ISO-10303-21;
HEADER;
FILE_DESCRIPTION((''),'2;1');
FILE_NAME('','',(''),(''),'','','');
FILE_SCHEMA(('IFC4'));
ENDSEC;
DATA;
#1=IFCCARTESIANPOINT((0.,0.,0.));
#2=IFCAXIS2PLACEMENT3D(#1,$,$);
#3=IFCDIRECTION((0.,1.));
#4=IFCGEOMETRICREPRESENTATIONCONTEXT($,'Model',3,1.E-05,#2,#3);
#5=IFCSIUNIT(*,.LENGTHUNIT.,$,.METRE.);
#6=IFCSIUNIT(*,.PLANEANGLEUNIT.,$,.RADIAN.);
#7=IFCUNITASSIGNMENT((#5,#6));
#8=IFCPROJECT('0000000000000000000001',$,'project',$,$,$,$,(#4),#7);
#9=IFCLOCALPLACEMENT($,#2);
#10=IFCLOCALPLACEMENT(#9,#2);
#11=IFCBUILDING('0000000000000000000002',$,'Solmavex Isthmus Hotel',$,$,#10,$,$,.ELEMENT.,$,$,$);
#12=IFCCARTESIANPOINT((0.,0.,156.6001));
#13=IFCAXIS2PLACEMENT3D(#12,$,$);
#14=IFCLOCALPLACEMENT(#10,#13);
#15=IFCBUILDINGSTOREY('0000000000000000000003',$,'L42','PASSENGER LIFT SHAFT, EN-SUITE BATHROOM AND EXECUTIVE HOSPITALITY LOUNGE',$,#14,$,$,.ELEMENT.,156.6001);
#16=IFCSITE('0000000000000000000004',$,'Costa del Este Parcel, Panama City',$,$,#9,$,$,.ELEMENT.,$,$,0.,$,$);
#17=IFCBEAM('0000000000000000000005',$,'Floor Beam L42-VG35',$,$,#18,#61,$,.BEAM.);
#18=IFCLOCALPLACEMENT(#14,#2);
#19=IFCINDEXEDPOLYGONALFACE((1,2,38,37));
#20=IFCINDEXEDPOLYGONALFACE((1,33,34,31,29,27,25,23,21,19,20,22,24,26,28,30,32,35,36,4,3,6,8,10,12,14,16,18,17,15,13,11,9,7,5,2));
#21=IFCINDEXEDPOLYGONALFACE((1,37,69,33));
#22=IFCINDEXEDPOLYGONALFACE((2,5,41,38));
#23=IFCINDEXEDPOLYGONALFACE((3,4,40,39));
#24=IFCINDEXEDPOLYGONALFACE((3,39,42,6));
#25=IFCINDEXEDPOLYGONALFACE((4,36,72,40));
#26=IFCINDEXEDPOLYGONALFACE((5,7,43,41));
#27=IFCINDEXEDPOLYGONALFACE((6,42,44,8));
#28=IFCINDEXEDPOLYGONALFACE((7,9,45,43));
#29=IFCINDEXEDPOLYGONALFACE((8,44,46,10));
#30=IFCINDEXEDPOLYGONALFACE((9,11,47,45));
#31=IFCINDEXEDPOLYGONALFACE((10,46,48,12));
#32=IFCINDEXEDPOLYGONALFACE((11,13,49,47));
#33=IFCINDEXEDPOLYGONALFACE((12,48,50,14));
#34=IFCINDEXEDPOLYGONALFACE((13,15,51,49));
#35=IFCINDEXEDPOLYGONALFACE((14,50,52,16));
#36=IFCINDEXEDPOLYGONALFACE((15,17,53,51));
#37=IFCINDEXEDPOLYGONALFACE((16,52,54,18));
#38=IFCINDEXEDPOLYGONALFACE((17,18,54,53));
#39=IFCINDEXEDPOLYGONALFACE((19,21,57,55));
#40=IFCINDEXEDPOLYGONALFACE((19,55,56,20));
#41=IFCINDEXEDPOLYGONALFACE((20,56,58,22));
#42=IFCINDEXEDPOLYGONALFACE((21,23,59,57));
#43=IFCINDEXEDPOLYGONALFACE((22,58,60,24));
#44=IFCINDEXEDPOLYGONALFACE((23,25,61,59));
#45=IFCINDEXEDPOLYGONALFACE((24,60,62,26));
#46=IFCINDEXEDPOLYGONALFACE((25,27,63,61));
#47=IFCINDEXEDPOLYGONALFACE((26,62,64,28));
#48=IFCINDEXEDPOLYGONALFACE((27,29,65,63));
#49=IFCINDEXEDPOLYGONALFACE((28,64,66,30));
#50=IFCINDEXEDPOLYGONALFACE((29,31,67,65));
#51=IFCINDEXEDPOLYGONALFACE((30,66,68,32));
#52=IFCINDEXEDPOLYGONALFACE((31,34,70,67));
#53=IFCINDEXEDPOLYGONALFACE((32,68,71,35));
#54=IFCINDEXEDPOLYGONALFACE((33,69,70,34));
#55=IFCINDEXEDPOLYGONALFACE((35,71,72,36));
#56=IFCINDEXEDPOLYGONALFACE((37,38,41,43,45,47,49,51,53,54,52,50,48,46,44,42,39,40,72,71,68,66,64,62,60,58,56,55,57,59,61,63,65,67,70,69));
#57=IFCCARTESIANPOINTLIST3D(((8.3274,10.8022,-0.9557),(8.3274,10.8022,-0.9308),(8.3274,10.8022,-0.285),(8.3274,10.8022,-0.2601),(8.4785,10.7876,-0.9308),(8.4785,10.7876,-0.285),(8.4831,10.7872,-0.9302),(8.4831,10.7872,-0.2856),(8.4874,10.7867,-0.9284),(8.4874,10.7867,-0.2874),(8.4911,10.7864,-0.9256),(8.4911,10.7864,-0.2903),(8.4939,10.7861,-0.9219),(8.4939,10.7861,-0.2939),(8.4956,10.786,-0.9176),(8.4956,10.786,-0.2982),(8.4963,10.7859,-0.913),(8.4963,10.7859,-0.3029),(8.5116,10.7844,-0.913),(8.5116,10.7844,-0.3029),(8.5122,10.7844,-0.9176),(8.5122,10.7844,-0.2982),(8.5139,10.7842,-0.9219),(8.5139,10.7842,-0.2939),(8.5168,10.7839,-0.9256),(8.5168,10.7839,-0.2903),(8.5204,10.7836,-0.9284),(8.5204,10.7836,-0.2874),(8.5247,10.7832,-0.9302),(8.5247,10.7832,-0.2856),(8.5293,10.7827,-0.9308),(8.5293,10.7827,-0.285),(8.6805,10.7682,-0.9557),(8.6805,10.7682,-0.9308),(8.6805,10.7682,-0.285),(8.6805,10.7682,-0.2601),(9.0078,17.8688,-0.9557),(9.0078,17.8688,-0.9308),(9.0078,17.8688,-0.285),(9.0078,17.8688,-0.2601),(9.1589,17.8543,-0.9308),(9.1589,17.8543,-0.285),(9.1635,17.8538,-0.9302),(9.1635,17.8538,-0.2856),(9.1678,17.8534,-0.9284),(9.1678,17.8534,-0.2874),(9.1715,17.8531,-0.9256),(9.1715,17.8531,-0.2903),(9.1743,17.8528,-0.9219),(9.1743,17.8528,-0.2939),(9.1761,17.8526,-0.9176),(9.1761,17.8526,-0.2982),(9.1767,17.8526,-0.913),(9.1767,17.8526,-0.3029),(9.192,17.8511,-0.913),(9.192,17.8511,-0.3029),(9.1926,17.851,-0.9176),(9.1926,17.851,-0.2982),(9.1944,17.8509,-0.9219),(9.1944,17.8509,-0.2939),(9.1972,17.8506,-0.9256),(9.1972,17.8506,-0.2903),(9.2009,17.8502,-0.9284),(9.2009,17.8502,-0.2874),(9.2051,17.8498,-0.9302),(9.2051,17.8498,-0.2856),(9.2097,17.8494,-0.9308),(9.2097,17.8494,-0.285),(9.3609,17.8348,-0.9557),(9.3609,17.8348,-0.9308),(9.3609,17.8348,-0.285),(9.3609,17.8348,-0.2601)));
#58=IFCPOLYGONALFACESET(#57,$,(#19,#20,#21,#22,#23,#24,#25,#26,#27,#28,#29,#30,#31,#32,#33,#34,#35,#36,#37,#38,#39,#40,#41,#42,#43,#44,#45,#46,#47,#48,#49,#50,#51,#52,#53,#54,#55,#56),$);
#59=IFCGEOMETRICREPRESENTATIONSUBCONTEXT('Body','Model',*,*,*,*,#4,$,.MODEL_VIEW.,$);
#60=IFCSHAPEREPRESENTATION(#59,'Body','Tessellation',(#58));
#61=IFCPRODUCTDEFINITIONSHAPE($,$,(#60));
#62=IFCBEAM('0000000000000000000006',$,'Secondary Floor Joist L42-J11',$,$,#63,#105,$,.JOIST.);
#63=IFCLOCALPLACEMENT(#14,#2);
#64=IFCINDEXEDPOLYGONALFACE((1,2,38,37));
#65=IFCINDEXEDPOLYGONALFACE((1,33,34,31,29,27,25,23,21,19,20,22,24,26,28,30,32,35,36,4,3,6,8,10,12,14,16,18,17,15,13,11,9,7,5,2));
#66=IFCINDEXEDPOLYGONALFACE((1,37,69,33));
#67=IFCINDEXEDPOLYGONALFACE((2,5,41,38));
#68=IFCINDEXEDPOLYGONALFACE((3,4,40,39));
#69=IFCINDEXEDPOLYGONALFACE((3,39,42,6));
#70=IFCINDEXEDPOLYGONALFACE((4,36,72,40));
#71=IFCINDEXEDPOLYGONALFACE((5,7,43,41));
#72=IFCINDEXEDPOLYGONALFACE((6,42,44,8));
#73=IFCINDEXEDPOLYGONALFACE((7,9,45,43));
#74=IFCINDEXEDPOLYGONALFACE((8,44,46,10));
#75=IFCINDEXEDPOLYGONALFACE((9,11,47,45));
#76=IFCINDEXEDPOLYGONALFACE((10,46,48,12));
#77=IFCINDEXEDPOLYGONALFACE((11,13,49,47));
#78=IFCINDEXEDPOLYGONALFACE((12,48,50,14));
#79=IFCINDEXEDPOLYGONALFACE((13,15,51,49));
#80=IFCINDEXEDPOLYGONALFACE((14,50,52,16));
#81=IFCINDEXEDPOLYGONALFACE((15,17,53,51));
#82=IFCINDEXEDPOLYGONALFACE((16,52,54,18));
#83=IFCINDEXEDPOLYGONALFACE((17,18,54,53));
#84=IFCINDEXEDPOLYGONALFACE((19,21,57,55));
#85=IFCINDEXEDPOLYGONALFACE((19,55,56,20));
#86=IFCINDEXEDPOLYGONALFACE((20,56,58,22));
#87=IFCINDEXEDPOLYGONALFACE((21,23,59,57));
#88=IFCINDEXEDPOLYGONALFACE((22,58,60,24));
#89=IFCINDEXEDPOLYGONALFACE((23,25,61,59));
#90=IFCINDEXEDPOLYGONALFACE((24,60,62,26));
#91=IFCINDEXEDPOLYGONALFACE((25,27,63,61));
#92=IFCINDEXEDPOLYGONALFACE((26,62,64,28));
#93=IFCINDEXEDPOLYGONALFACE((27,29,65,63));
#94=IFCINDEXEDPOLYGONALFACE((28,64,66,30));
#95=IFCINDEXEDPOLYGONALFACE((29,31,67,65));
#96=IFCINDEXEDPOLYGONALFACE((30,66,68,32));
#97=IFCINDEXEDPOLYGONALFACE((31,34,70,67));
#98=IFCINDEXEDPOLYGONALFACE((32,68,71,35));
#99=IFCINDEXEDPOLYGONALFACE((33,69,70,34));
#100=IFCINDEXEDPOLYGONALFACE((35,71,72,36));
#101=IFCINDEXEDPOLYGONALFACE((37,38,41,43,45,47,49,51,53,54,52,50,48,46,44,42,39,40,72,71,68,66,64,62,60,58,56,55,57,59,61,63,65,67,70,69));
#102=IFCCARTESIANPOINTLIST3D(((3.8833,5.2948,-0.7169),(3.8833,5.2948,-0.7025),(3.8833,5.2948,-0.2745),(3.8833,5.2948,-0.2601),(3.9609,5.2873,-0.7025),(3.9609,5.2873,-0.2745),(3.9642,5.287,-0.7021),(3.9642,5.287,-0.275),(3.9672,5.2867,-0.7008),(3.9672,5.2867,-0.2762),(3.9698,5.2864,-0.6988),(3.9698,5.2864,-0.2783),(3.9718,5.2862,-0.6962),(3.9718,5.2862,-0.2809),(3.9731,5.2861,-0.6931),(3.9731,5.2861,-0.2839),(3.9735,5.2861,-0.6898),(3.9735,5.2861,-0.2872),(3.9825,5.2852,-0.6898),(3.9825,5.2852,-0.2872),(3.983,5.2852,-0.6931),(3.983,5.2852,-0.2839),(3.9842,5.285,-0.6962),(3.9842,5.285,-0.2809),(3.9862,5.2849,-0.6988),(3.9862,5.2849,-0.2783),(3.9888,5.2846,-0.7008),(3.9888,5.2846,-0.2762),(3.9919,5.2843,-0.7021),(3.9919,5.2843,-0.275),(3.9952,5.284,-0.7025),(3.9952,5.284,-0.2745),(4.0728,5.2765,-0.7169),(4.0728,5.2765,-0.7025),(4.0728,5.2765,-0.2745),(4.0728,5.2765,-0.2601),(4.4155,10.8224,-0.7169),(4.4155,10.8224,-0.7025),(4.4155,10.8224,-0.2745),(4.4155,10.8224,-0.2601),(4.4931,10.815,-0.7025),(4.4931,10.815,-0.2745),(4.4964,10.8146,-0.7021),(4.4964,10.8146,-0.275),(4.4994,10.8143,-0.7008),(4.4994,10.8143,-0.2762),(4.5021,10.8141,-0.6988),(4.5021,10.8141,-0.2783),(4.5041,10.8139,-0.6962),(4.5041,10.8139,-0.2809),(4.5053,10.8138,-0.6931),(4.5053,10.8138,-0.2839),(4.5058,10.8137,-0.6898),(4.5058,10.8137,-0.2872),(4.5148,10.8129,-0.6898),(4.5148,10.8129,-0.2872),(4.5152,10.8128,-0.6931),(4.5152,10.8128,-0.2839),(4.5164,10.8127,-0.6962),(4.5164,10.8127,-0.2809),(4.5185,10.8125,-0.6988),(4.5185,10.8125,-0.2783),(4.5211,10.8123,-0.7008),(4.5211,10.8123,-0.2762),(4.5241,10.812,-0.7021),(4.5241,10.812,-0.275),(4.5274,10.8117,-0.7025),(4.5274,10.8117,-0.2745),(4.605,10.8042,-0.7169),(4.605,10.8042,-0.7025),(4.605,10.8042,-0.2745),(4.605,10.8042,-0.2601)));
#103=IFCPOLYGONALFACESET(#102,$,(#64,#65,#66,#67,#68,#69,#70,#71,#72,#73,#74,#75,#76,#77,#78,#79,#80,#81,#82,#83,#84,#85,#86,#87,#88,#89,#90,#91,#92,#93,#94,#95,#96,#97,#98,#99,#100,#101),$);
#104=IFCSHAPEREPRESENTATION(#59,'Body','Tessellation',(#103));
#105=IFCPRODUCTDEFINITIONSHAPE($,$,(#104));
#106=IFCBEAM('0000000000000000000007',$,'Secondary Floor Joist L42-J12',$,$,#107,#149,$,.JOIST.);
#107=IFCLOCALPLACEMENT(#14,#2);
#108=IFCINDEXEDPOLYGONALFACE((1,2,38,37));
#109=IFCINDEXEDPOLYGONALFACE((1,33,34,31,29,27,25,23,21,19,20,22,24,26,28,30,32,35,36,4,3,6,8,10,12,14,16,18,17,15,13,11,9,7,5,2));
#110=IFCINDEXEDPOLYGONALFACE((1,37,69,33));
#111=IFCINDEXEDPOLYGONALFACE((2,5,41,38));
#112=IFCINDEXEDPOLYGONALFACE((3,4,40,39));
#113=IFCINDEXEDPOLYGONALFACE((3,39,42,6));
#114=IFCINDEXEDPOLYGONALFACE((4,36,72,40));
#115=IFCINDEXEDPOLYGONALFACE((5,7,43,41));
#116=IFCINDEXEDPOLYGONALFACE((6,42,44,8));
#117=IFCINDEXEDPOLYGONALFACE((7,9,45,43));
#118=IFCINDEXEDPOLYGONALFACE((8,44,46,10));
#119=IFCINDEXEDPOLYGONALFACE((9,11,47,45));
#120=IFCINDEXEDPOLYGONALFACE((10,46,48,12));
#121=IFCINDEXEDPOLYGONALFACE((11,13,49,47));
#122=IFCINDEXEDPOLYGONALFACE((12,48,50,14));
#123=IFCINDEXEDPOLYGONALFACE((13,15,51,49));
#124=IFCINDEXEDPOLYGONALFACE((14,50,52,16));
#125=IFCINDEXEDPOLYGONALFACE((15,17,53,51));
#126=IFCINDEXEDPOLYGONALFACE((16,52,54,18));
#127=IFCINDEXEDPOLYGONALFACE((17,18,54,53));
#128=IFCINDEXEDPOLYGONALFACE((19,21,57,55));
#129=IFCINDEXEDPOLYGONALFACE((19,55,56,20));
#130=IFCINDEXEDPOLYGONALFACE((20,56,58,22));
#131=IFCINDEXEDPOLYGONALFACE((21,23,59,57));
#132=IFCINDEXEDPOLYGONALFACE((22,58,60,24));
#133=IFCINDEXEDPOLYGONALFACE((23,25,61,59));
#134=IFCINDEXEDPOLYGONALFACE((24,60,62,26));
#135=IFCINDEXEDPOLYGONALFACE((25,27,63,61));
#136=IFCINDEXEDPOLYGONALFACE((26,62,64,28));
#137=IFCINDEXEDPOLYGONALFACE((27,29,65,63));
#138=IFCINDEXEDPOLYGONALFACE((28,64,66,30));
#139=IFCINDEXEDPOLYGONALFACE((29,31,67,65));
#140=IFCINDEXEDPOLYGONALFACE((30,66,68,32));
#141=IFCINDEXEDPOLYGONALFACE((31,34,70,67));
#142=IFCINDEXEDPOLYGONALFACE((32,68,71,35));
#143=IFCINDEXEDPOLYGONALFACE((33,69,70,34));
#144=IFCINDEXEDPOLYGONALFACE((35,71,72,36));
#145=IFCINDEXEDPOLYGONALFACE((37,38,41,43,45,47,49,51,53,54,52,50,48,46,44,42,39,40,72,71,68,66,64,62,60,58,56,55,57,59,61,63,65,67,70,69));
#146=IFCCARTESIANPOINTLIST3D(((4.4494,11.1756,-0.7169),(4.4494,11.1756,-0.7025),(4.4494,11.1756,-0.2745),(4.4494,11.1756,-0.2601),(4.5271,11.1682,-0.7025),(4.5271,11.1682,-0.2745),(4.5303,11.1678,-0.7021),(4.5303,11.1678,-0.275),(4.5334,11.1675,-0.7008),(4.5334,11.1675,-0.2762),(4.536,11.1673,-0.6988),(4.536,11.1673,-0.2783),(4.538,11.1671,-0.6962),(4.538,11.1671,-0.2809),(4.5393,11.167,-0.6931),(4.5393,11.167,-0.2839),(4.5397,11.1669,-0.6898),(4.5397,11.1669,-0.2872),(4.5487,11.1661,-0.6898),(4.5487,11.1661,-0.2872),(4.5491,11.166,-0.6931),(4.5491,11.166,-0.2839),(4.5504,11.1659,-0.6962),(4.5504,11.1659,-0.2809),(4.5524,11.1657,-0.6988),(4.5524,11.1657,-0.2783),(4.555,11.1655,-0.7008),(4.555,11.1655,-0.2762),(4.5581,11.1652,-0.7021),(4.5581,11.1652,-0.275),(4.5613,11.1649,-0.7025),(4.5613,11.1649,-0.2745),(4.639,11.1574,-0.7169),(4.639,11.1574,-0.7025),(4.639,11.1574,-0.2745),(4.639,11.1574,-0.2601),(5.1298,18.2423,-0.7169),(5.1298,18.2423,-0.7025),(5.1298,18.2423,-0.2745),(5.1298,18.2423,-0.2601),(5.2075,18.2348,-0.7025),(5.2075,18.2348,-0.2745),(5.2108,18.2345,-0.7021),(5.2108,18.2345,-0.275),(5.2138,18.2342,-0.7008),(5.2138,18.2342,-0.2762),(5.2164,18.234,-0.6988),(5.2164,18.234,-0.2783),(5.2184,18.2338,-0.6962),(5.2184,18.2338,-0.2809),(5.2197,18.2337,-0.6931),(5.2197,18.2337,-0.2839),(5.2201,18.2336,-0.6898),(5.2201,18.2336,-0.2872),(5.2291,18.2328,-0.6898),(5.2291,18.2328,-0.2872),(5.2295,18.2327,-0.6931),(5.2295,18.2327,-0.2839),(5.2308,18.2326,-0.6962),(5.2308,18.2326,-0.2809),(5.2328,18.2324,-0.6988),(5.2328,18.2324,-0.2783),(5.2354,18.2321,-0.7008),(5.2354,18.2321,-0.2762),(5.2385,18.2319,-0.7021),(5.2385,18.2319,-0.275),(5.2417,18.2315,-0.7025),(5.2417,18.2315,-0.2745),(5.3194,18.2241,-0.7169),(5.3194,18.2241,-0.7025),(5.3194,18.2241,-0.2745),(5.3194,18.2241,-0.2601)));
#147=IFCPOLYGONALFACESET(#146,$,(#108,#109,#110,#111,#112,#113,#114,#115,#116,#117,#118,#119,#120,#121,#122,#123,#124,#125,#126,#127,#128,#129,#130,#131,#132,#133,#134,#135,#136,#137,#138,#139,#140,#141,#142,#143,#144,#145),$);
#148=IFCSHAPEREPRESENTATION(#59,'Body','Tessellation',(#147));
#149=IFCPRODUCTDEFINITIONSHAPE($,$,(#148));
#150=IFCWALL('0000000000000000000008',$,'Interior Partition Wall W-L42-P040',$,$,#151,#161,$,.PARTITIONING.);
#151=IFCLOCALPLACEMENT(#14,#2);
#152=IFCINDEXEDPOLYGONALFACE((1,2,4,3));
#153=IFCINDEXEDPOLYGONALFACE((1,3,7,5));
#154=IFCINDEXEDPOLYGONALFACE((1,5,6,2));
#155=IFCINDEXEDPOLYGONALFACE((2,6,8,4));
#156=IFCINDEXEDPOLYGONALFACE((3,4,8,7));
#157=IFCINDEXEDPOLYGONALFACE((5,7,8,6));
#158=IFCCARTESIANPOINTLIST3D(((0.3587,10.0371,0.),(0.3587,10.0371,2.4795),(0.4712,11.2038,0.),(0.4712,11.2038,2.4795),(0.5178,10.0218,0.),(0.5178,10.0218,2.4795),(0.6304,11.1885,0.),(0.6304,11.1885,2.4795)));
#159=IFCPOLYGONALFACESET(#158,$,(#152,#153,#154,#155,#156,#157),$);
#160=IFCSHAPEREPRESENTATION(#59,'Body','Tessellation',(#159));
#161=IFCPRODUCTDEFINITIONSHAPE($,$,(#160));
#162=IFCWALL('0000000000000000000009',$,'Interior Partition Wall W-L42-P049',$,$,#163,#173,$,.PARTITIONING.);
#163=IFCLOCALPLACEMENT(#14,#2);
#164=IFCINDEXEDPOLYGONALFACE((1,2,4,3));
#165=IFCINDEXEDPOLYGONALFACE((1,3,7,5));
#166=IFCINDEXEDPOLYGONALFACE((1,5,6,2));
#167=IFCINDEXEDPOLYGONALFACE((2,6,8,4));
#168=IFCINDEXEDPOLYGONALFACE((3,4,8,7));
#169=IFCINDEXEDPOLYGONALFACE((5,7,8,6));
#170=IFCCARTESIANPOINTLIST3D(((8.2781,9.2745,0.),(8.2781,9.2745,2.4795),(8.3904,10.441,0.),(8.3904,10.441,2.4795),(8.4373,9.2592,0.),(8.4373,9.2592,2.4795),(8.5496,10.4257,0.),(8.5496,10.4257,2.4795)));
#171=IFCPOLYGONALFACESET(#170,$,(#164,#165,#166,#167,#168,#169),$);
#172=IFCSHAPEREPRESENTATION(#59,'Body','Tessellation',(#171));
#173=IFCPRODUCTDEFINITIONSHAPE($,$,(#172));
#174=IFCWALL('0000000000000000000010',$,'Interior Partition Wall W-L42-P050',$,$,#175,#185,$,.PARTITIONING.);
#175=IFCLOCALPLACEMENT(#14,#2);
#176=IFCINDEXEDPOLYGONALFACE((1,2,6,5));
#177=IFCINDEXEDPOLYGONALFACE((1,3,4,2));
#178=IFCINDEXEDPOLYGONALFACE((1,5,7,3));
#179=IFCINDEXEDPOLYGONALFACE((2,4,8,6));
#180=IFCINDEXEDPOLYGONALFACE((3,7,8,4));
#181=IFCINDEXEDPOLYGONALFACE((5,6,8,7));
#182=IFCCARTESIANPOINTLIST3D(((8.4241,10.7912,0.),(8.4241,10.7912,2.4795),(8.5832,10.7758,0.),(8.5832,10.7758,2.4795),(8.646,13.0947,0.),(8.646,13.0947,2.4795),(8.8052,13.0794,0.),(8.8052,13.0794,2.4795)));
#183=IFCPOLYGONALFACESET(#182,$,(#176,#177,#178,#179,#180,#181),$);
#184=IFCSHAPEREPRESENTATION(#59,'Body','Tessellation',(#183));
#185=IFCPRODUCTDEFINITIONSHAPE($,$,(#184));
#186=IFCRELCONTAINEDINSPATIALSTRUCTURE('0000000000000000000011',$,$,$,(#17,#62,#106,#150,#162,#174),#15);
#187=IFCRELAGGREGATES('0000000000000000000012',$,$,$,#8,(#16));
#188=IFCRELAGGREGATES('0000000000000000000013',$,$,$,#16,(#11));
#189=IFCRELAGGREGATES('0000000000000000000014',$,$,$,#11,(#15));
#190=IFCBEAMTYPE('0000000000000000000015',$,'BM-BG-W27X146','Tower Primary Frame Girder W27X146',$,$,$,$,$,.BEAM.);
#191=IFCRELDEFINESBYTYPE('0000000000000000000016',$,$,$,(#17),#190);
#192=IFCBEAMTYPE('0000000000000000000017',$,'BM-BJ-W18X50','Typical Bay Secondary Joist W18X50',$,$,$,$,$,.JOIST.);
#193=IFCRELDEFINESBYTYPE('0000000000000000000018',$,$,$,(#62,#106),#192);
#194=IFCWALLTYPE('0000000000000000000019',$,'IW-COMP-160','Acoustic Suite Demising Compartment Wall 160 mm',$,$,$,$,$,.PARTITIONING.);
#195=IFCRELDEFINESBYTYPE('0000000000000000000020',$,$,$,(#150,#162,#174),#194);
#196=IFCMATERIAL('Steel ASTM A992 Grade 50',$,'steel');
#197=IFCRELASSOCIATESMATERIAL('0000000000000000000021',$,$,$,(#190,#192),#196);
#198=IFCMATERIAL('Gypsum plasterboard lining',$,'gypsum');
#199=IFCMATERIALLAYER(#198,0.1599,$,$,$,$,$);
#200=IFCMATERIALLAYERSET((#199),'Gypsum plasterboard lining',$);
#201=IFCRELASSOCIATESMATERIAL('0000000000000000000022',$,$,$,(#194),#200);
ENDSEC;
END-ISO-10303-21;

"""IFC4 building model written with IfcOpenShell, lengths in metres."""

from ifc_helpers import new_model, si_unit, direction, frame, frame_2d, origin, origin_2d, place, context, subcontext, project, spatial, rectangle, i_section, extrude, material, layer, layer_set, material_profile, profile_set, type_object, element, save


model = new_model("IFC4")

# Units and contexts
model_context = context("Model", 3, precision=1e-05, world=origin(), true_north=direction((0.0, 1.0)))
body_context = subcontext(model_context, "Body", "Model", "MODEL_VIEW")
ifc_project = project(units=[si_unit("LENGTHUNIT", "METRE"), si_unit("PLANEANGLEUNIT", "RADIAN")], contexts=[model_context])

# Site, building, storey
site_placement = place(None, origin())
site = spatial("IfcSite", under=ifc_project, at=site_placement, Name="Costa del Este Parcel, Panama City", CompositionType="ELEMENT", RefElevation=0.0)
building_placement = place(site_placement, origin())
building = spatial("IfcBuilding", under=site, at=building_placement, Name="Solmavex Isthmus Hotel", CompositionType="ELEMENT")
storey_placement = place(building_placement, frame((0.0, 0.0, 156.6001)))
storey = spatial("IfcBuildingStorey", under=building, at=storey_placement, Name="L42", Description="PASSENGER LIFT SHAFT, EN-SUITE BATHROOM AND EXECUTIVE HOSPITALITY LOUNGE", CompositionType="ELEMENT", Elevation=156.6001)

# Beams
ifc_material_1 = material(Name="Steel ASTM A992 Grade 50", Category="steel")
ifc_material_profile_1 = material_profile(ifc_material_1, i_section(OverallWidth=0.3547, OverallDepth=0.6956, WebThickness=0.0154, FlangeThickness=0.0249, FilletRadius=0.0178, at=origin_2d()), Name="W27X146")
ifc_profile_set_1 = profile_set([ifc_material_profile_1], Name="Steel ASTM A992 Grade 50")
beam_type_1 = type_object("IfcBeamType", Name="BM-BG-W27X146", Description="Tower Primary Frame Girder W27X146", PredefinedType="BEAM", material=ifc_profile_set_1)
beam_1_placement = place(storey_placement, frame((8.5039, 10.7852, -0.6079), z_axis=(0.095843, 0.995396, 0.0), x_axis=(-0.995396, 0.095843, 0.0)))
element("IfcBeam", 1, at=beam_1_placement, inside=storey, type_object=beam_type_1, Name="Floor Beam L42-VG35", PredefinedType="BEAM", context=body_context, shape_type="SweptSolid", body=[
    extrude(i_section(OverallWidth=0.3547, OverallDepth=0.6956, WebThickness=0.0154, FlangeThickness=0.0249, FilletRadius=0.0178, at=origin_2d()), origin(), (0.0, 0.0, 1.0), 7.0994),
])
ifc_material_profile_2 = material_profile(ifc_material_1, i_section(OverallWidth=0.1904, OverallDepth=0.4568, WebThickness=0.009, FlangeThickness=0.0144, FilletRadius=0.0127, at=origin_2d()), Name="W18X50")
ifc_profile_set_2 = profile_set([ifc_material_profile_2], Name="Steel ASTM A992 Grade 50")
beam_type_2 = type_object("IfcBeamType", Name="BM-BJ-W18X50", Description="Typical Bay Secondary Joist W18X50", PredefinedType="JOIST", material=ifc_profile_set_2)
beam_2_placement = place(storey_placement, frame((3.978, 5.2856, -0.4885), z_axis=(0.095842, 0.995397, 0.0), x_axis=(-0.995397, 0.095842, 0.0)))
element("IfcBeam", 2, at=beam_2_placement, inside=storey, type_object=beam_type_2, Name="Secondary Floor Joist L42-J11", PredefinedType="JOIST", context=body_context, shape_type="SweptSolid", body=[
    extrude(i_section(OverallWidth=0.1904, OverallDepth=0.4568, WebThickness=0.009, FlangeThickness=0.0144, FilletRadius=0.0127, at=origin_2d()), origin(), (0.0, 0.0, 1.0), 5.5532),
])
beam_3_placement = place(storey_placement, frame((4.5442, 11.1665, -0.4885), z_axis=(0.095843, 0.995396, 0.0), x_axis=(-0.995396, 0.095843, 0.0)))
element("IfcBeam", 3, at=beam_3_placement, inside=storey, type_object=beam_type_2, Name="Secondary Floor Joist L42-J12", PredefinedType="JOIST", context=body_context, shape_type="SweptSolid", body=[
    extrude(i_section(OverallWidth=0.1904, OverallDepth=0.4568, WebThickness=0.009, FlangeThickness=0.0144, FilletRadius=0.0127, at=origin_2d()), origin(), (0.0, 0.0, 1.0), 7.0994),
])

# Walls
ifc_material_2 = material(Name="Gypsum plasterboard lining", Category="gypsum")
ifc_layer_1 = layer(ifc_material_2, 0.1599)
ifc_layer_set_1 = layer_set([ifc_layer_1], Name="Gypsum plasterboard lining")
wall_type_1 = type_object("IfcWallType", Name="IW-COMP-160", Description="Acoustic Suite Demising Compartment Wall 160 mm", PredefinedType="PARTITIONING", material=ifc_layer_set_1)
wall_1_placement = place(storey_placement, frame((0.5508, 11.196, 0.0), z_axis=(0.0, 0.0, 1.0), x_axis=(-0.096018, -0.99538, 0.0)))
element("IfcWall", 4, at=wall_1_placement, inside=storey, type_object=wall_type_1, Name="Interior Partition Wall W-L42-P040", PredefinedType="PARTITIONING", context=body_context, shape_type="SweptSolid", body=[
    extrude(rectangle(XDim=1.1721, YDim=0.1599, at=frame_2d((0.5859, 0.0))), origin(), (0.0, 0.0, 1.0), 2.4795),
])
wall_2_placement = place(storey_placement, frame((8.47, 10.4333, 0.0), z_axis=(0.0, 0.0, 1.0), x_axis=(-0.095831, -0.995398, 0.0)))
element("IfcWall", 5, at=wall_2_placement, inside=storey, type_object=wall_type_1, Name="Interior Partition Wall W-L42-P049", PredefinedType="PARTITIONING", context=body_context, shape_type="SweptSolid", body=[
    extrude(rectangle(XDim=1.1719, YDim=0.1599, at=frame_2d((0.5859, 0.0))), origin(), (0.0, 0.0, 1.0), 2.4795),
])
wall_3_placement = place(storey_placement, frame((8.7256, 13.0872, 0.0), z_axis=(0.0, 0.0, 1.0), x_axis=(-0.095899, -0.995391, 0.0)))
element("IfcWall", 6, at=wall_3_placement, inside=storey, type_object=wall_type_1, Name="Interior Partition Wall W-L42-P050", PredefinedType="PARTITIONING", context=body_context, shape_type="SweptSolid", body=[
    extrude(rectangle(XDim=2.3142, YDim=0.1599, at=frame_2d((1.1572, 0.0))), origin(), (0.0, 0.0, 1.0), 2.4795),
])

save(model, "model.ifc")
